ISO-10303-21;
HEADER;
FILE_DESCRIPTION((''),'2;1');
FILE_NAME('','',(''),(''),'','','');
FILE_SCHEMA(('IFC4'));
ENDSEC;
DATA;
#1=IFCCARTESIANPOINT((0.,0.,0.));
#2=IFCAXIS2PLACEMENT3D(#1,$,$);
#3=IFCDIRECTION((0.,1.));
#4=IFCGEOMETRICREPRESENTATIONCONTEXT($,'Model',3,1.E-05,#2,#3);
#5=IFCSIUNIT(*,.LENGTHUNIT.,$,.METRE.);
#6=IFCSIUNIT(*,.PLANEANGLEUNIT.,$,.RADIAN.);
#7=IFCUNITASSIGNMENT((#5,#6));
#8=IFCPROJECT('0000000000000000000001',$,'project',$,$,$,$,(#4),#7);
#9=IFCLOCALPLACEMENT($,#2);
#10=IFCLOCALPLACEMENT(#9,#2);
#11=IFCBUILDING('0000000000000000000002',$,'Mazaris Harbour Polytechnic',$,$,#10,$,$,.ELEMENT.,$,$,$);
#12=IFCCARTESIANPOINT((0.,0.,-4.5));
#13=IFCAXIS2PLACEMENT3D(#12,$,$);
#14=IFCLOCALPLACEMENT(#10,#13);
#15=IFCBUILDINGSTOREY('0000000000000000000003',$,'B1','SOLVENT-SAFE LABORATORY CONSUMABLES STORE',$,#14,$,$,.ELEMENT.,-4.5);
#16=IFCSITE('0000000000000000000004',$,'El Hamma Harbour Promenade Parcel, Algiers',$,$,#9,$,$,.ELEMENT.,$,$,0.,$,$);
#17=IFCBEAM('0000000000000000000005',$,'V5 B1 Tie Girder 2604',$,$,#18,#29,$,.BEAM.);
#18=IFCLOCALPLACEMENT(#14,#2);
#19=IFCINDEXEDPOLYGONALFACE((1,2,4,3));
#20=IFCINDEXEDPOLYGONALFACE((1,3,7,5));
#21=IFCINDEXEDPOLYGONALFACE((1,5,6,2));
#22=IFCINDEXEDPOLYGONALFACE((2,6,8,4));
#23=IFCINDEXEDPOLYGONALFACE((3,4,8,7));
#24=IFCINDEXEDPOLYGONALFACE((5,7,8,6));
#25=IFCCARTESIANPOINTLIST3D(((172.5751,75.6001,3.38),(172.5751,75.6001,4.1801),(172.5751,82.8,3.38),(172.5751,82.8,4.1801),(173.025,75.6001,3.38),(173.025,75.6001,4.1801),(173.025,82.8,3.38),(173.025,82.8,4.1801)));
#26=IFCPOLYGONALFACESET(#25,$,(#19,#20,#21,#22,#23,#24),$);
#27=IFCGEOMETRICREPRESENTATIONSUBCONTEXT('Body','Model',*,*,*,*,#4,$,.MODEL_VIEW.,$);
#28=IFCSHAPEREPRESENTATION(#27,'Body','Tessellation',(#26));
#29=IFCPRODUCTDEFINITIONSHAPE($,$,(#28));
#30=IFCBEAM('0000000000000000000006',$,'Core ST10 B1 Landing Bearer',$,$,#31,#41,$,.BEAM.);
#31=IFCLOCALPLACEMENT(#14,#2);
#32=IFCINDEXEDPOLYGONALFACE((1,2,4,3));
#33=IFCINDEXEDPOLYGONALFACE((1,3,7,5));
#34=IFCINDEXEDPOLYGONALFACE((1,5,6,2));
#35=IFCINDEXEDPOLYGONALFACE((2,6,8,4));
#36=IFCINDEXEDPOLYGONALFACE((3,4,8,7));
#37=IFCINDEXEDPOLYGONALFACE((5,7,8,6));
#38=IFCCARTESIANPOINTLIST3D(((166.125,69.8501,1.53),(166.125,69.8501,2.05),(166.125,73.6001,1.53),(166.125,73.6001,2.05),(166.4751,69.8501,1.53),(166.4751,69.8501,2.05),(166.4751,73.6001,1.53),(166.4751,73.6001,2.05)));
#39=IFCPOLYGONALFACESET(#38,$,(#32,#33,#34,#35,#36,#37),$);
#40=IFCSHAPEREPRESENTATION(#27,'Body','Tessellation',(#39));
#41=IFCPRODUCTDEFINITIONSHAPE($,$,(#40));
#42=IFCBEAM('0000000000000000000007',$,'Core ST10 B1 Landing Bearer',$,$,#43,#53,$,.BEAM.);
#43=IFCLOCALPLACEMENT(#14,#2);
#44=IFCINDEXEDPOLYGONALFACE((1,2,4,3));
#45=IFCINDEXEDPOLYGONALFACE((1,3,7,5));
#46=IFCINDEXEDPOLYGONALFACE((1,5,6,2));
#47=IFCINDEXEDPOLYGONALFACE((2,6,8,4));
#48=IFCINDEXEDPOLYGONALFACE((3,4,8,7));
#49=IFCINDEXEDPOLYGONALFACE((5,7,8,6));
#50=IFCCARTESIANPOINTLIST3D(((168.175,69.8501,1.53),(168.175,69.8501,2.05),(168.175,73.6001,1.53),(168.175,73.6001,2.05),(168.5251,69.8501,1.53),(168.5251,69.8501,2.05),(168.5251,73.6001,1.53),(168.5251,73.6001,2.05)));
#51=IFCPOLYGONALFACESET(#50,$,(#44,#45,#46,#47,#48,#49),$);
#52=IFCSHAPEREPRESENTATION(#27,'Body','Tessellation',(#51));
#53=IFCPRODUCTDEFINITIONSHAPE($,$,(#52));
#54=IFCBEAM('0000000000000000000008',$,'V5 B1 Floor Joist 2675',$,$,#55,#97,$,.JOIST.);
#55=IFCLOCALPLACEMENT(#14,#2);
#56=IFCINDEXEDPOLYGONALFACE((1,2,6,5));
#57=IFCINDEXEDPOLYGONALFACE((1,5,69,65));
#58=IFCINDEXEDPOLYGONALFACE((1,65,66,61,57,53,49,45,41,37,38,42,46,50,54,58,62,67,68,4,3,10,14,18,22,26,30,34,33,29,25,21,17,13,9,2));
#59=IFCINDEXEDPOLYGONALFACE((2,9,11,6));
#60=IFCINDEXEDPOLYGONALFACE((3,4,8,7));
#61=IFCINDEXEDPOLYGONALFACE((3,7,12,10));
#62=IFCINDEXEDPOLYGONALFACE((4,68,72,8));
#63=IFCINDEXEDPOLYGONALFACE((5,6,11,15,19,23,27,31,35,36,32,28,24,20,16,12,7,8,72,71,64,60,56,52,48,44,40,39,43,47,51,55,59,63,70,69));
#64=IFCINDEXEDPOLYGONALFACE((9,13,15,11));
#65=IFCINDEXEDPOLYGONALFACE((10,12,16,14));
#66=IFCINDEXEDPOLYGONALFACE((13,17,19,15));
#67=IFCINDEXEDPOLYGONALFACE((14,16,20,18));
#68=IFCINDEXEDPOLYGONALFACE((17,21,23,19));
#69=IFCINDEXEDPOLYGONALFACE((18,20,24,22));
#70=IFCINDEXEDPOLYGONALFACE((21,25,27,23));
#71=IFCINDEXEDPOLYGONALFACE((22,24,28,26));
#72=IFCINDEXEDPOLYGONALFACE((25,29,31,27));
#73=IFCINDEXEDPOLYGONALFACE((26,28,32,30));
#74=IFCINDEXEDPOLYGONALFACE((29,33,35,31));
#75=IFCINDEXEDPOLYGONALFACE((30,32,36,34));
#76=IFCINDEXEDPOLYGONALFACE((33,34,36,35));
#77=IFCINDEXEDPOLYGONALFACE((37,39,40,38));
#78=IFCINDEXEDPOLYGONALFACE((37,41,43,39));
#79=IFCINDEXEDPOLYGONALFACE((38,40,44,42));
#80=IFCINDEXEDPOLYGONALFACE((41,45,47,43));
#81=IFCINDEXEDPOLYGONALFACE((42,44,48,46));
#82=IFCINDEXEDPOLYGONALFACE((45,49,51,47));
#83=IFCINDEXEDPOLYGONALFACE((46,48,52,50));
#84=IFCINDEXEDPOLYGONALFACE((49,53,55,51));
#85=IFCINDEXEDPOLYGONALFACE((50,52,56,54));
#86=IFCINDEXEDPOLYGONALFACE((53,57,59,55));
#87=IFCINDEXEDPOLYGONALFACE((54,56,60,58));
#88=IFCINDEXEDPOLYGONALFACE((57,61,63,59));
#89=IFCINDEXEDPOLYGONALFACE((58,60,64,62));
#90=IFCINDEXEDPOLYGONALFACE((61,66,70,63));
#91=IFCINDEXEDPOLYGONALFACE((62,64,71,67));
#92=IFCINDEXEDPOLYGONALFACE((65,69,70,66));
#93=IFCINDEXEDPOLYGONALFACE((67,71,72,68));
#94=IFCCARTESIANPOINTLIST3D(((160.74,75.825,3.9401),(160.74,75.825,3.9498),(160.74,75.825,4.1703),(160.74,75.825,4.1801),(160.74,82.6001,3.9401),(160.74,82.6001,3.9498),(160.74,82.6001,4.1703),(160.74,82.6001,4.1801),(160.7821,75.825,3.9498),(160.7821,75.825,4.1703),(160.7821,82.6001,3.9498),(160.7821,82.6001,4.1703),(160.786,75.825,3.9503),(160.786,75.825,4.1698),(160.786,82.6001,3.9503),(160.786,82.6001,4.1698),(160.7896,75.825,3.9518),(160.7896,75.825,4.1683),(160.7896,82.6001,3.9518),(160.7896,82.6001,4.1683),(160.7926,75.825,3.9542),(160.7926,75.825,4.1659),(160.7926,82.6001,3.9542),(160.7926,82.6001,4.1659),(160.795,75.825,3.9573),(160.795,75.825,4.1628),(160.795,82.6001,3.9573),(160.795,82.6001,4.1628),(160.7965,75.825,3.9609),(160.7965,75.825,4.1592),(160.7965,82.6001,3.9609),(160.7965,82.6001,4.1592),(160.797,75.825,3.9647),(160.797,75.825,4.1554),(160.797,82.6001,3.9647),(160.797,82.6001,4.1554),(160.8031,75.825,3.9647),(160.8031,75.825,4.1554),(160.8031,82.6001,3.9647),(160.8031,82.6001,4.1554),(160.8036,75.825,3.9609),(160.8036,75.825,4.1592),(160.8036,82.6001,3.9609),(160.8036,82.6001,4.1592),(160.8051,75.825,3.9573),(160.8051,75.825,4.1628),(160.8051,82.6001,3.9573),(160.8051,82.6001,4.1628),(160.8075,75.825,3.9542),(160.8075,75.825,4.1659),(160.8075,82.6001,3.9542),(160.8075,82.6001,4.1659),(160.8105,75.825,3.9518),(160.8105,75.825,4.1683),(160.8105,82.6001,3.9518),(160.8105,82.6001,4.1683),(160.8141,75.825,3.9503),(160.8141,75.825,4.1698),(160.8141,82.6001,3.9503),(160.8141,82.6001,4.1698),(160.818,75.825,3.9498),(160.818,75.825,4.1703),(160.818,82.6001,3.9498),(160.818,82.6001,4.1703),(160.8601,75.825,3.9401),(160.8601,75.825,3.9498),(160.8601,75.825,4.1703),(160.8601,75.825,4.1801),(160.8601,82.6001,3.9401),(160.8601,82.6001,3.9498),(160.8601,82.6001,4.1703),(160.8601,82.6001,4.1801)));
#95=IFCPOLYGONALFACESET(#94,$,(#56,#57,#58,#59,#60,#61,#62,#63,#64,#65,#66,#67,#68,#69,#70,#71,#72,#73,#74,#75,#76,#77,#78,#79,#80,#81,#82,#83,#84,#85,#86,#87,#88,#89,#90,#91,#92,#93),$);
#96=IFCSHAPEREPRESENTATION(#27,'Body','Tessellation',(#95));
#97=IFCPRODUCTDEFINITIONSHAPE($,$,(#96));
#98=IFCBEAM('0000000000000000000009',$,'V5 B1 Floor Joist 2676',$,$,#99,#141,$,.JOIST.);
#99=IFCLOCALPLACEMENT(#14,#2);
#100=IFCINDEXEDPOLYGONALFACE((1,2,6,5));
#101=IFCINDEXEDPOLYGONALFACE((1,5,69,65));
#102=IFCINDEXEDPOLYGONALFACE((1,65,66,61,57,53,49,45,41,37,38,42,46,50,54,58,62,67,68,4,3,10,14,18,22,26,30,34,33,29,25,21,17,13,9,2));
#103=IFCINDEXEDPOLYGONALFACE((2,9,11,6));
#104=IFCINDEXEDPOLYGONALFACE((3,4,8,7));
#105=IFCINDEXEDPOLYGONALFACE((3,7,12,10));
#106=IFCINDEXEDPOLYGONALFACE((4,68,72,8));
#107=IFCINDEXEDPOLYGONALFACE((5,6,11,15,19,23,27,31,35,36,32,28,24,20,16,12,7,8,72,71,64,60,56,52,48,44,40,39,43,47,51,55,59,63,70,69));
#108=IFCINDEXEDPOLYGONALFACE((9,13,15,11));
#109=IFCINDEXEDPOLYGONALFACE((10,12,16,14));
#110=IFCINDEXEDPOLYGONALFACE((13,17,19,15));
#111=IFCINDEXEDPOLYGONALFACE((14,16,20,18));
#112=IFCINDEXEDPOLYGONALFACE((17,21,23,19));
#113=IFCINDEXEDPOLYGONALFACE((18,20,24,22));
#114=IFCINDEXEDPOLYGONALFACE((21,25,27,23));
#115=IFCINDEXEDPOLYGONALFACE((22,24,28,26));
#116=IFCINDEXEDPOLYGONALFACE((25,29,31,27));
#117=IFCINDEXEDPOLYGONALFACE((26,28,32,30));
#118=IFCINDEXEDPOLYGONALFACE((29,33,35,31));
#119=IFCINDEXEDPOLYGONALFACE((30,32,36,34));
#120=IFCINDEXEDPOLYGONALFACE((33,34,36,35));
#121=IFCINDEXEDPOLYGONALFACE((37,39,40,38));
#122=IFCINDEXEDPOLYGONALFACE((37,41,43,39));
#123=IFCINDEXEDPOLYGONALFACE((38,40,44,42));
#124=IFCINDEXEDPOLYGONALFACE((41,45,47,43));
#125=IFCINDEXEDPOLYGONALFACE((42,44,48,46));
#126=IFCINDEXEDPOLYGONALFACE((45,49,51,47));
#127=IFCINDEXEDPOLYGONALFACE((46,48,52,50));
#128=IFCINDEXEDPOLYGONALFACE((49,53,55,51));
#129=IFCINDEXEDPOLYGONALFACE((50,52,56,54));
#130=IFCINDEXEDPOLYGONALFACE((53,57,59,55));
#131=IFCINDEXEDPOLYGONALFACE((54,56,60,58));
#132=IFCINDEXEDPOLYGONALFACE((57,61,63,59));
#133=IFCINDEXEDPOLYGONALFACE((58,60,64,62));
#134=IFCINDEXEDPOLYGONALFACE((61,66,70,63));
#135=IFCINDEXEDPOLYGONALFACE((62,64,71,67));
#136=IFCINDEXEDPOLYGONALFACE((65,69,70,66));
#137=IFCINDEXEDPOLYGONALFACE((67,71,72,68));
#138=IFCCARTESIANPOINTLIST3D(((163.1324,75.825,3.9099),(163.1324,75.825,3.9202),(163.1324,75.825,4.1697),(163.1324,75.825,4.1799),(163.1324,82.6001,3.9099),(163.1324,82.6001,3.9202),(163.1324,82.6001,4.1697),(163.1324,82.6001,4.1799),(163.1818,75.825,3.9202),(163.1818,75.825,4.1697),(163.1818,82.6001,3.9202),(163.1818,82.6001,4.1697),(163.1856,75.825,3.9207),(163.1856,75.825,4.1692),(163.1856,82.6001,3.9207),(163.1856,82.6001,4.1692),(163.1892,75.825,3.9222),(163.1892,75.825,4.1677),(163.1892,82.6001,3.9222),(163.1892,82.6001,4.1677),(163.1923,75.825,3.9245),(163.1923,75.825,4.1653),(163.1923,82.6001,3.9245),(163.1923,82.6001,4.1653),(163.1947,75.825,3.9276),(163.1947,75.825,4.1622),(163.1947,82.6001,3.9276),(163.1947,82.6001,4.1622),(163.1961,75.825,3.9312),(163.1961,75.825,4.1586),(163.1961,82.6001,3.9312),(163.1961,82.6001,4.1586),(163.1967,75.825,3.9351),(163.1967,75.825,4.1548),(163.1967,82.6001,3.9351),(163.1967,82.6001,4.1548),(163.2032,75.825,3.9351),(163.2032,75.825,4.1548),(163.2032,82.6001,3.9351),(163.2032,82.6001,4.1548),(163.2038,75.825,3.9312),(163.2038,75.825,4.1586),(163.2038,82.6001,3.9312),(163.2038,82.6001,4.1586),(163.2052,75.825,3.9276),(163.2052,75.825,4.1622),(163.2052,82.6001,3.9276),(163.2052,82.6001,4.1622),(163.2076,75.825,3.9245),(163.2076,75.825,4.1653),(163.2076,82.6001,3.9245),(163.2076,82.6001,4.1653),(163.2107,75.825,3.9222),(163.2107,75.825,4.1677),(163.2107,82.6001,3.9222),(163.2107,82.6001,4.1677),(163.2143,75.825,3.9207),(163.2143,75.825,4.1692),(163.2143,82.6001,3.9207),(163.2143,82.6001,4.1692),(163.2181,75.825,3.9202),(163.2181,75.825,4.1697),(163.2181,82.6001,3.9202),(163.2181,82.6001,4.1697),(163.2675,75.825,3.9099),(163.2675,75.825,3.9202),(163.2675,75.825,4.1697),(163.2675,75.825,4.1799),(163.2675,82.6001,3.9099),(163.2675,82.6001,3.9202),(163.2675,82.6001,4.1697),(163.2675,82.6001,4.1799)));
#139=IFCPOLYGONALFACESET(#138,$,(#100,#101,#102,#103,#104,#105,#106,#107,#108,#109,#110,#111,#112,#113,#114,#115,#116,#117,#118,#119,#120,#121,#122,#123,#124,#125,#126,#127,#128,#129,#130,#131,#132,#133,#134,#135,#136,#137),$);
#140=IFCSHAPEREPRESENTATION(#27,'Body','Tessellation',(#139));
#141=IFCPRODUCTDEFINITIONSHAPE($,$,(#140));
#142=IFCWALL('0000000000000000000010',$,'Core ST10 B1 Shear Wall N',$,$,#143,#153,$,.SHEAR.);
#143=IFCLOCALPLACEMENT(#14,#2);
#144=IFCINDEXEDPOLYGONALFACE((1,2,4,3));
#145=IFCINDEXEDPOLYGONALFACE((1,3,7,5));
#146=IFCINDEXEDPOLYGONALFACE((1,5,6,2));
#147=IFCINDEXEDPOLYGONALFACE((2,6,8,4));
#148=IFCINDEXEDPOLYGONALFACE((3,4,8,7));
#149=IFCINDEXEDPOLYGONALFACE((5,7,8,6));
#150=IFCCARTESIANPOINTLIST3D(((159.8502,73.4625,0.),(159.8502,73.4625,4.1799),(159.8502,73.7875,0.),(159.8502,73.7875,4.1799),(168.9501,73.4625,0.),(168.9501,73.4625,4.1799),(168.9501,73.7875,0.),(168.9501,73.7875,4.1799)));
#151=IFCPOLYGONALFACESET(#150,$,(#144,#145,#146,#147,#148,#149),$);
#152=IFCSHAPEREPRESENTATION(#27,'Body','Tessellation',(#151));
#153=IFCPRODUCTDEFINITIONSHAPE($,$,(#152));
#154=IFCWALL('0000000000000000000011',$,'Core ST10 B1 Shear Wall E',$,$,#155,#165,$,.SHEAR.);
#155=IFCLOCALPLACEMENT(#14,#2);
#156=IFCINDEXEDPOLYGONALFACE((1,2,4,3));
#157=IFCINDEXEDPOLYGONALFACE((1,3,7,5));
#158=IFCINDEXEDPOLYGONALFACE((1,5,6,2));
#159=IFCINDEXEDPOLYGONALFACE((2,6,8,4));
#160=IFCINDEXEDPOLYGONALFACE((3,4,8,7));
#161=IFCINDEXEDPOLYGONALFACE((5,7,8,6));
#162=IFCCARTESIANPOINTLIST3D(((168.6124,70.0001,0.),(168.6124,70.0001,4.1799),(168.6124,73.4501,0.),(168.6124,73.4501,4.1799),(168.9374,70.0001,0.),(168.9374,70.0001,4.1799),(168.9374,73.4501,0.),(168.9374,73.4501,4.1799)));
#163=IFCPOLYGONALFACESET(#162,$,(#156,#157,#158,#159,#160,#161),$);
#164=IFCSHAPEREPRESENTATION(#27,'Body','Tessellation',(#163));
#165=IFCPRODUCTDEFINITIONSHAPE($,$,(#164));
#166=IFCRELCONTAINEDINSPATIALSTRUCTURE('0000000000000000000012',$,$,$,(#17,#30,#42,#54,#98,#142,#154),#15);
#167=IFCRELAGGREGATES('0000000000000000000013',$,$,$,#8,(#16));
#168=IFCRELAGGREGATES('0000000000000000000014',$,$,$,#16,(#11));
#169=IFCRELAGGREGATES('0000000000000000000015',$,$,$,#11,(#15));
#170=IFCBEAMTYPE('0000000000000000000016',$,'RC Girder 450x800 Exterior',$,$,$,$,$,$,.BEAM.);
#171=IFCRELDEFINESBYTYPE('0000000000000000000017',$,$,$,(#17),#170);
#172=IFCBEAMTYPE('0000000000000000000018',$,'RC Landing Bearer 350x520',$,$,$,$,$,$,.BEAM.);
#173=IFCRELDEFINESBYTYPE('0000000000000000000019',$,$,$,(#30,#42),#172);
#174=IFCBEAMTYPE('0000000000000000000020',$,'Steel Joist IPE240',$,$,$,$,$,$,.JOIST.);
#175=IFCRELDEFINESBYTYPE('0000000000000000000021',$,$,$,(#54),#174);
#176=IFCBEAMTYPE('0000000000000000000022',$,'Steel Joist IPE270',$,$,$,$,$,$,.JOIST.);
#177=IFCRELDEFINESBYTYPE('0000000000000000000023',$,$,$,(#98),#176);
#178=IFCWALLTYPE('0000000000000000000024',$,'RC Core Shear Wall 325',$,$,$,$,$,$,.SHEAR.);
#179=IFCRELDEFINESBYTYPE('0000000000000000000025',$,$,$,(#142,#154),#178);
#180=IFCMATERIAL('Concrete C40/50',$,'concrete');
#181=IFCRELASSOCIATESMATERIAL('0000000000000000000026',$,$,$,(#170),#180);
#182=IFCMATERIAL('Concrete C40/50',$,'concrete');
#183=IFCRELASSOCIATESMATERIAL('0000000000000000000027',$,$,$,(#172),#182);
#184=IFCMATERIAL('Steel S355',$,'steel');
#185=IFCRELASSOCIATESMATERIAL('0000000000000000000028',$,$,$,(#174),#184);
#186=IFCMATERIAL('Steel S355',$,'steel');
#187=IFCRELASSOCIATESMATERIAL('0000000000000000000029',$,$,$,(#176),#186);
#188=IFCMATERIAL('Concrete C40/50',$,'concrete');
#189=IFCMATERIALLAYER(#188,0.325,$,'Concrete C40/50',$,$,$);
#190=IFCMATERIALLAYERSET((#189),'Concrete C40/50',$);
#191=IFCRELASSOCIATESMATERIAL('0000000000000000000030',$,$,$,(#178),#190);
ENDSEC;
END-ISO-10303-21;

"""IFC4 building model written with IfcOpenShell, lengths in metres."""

from ifc_helpers import new_model, si_unit, direction, frame, frame_2d, origin, origin_2d, place, context, subcontext, project, spatial, rectangle, i_section, extrude, material, layer, layer_set, material_profile, profile_set, type_object, element, save


model = new_model("IFC4")

# Units and contexts
model_context = context("Model", 3, precision=1e-05, world=origin(), true_north=direction((0.0, 1.0)))
body_context = subcontext(model_context, "Body", "Model", "MODEL_VIEW")
ifc_project = project(units=[si_unit("LENGTHUNIT", "METRE"), si_unit("PLANEANGLEUNIT", "RADIAN")], contexts=[model_context])

# Site, building, storey
site_placement = place(None, origin())
site = spatial("IfcSite", under=ifc_project, at=site_placement, Name="El Hamma Harbour Promenade Parcel, Algiers", CompositionType="ELEMENT", RefElevation=0.0)
building_placement = place(site_placement, origin())
building = spatial("IfcBuilding", under=site, at=building_placement, Name="Mazaris Harbour Polytechnic", CompositionType="ELEMENT")
storey_placement = place(building_placement, frame((0.0, 0.0, -4.5)))
storey = spatial("IfcBuildingStorey", under=building, at=storey_placement, Name="B1", Description="SOLVENT-SAFE LABORATORY CONSUMABLES STORE", CompositionType="ELEMENT", Elevation=-4.5)

# Beams
ifc_material_1 = material(Name="Concrete C40/50", Category="concrete")
ifc_material_profile_1 = material_profile(ifc_material_1, rectangle(XDim=0.45, YDim=0.8, at=origin_2d()), Name="RECT450x800")
ifc_profile_set_1 = profile_set([ifc_material_profile_1], Name="Concrete C40/50")
beam_type_1 = type_object("IfcBeamType", Name="RC Girder 450x800 Exterior", PredefinedType="BEAM", material=ifc_profile_set_1)
beam_1_placement = place(storey_placement, frame((172.8, 75.6001, 3.78), z_axis=(0.0, 1.0, 0.0), x_axis=(-1.0, 0.0, 0.0)))
element("IfcBeam", 1, at=beam_1_placement, inside=storey, type_object=beam_type_1, Name="V5 B1 Tie Girder 2604", PredefinedType="BEAM", context=body_context, shape_type="SweptSolid", body=[
    extrude(rectangle(XDim=0.45, YDim=0.8, at=origin_2d()), origin(), (0.0, 0.0, 1.0), 7.2),
])
ifc_material_2 = material(Name="Concrete C40/50", Category="concrete")
ifc_material_profile_2 = material_profile(ifc_material_2, rectangle(XDim=0.3501, YDim=0.52, at=origin_2d()), Name="RECT350x520")
ifc_profile_set_2 = profile_set([ifc_material_profile_2], Name="Concrete C40/50")
beam_type_2 = type_object("IfcBeamType", Name="RC Landing Bearer 350x520", PredefinedType="BEAM", material=ifc_profile_set_2)
for number, where, z_axis, x_axis, name in (
    (2, (166.3, 69.8501, 1.79), (0.0, 1.0, 0.0), (-1.0, 0.0, 0.0), "Core ST10 B1 Landing Bearer"),
    (3, (168.3501, 69.8501, 1.79), (0.0, 1.0, 0.0), (-1.0, 0.0, 0.0), "Core ST10 B1 Landing Bearer"),
):
    element("IfcBeam", number, at=place(storey_placement, frame(where, z_axis=z_axis, x_axis=x_axis)), inside=storey, type_object=beam_type_2, Name=name, PredefinedType="BEAM", context=body_context, shape_type="SweptSolid", body=[
        extrude(rectangle(XDim=0.3501, YDim=0.52, at=origin_2d()), origin(), (0.0, 0.0, 1.0), 3.75),
    ])
ifc_material_3 = material(Name="Steel S355", Category="steel")
ifc_material_profile_3 = material_profile(ifc_material_3, i_section(OverallWidth=0.1201, OverallDepth=0.24, WebThickness=0.0061, FlangeThickness=0.0098, FilletRadius=0.0149, at=origin_2d()), Name="IPE 240")
ifc_profile_set_3 = profile_set([ifc_material_profile_3], Name="Steel S355")
beam_type_3 = type_object("IfcBeamType", Name="Steel Joist IPE240", PredefinedType="JOIST", material=ifc_profile_set_3)
beam_2_placement = place(storey_placement, frame((160.8, 75.825, 4.0601), z_axis=(0.0, 1.0, 0.0), x_axis=(-1.0, 0.0, 0.0)))
element("IfcBeam", 4, at=beam_2_placement, inside=storey, type_object=beam_type_3, Name="V5 B1 Floor Joist 2675", PredefinedType="JOIST", context=body_context, shape_type="SweptSolid", body=[
    extrude(i_section(OverallWidth=0.1201, OverallDepth=0.24, WebThickness=0.0061, FlangeThickness=0.0098, FilletRadius=0.0149, at=origin_2d()), origin(), (0.0, 0.0, 1.0), 6.7751),
])
ifc_material_4 = material(Name="Steel S355", Category="steel")
ifc_material_profile_4 = material_profile(ifc_material_4, i_section(OverallWidth=0.135, OverallDepth=0.27, WebThickness=0.0066, FlangeThickness=0.0103, FilletRadius=0.0149, at=origin_2d()), Name="IPE 270")
ifc_profile_set_4 = profile_set([ifc_material_profile_4], Name="Steel S355")
beam_type_4 = type_object("IfcBeamType", Name="Steel Joist IPE270", PredefinedType="JOIST", material=ifc_profile_set_4)
beam_3_placement = place(storey_placement, frame((163.2, 75.825, 4.0449), z_axis=(0.0, 1.0, 0.0), x_axis=(-1.0, 0.0, 0.0)))
element("IfcBeam", 5, at=beam_3_placement, inside=storey, type_object=beam_type_4, Name="V5 B1 Floor Joist 2676", PredefinedType="JOIST", context=body_context, shape_type="SweptSolid", body=[
    extrude(i_section(OverallWidth=0.135, OverallDepth=0.27, WebThickness=0.0066, FlangeThickness=0.0103, FilletRadius=0.0149, at=origin_2d()), origin(), (0.0, 0.0, 1.0), 6.7751),
])

# Walls
ifc_material_5 = material(Name="Concrete C40/50", Category="concrete")
ifc_layer = layer(ifc_material_5, 0.325, Name="Concrete C40/50")
ifc_layer_set = layer_set([ifc_layer], Name="Concrete C40/50")
wall_type = type_object("IfcWallType", Name="RC Core Shear Wall 325", PredefinedType="SHEAR", material=ifc_layer_set)
wall_1_placement = place(storey_placement, frame((168.95, 73.625, 0.0), z_axis=(0.0, 0.0, 1.0), x_axis=(-1.0, 0.0, 0.0)))
element("IfcWall", 6, at=wall_1_placement, inside=storey, type_object=wall_type, Name="Core ST10 B1 Shear Wall N", PredefinedType="SHEAR", context=body_context, shape_type="SweptSolid", body=[
    extrude(rectangle(XDim=9.0999, YDim=0.325, at=frame_2d((4.5498, 0.0))), origin(), (0.0, 0.0, 1.0), 4.1799),
])
wall_2_placement = place(storey_placement, frame((168.7749, 70.0, 0.0), z_axis=(0.0, 0.0, 1.0), x_axis=(0.0, 1.0, 0.0)))
element("IfcWall", 7, at=wall_2_placement, inside=storey, type_object=wall_type, Name="Core ST10 B1 Shear Wall E", PredefinedType="SHEAR", context=body_context, shape_type="SweptSolid", body=[
    extrude(rectangle(XDim=3.45, YDim=0.325, at=frame_2d((1.7251, 0.0))), origin(), (0.0, 0.0, 1.0), 4.1799),
])

save(model, "model.ifc")
